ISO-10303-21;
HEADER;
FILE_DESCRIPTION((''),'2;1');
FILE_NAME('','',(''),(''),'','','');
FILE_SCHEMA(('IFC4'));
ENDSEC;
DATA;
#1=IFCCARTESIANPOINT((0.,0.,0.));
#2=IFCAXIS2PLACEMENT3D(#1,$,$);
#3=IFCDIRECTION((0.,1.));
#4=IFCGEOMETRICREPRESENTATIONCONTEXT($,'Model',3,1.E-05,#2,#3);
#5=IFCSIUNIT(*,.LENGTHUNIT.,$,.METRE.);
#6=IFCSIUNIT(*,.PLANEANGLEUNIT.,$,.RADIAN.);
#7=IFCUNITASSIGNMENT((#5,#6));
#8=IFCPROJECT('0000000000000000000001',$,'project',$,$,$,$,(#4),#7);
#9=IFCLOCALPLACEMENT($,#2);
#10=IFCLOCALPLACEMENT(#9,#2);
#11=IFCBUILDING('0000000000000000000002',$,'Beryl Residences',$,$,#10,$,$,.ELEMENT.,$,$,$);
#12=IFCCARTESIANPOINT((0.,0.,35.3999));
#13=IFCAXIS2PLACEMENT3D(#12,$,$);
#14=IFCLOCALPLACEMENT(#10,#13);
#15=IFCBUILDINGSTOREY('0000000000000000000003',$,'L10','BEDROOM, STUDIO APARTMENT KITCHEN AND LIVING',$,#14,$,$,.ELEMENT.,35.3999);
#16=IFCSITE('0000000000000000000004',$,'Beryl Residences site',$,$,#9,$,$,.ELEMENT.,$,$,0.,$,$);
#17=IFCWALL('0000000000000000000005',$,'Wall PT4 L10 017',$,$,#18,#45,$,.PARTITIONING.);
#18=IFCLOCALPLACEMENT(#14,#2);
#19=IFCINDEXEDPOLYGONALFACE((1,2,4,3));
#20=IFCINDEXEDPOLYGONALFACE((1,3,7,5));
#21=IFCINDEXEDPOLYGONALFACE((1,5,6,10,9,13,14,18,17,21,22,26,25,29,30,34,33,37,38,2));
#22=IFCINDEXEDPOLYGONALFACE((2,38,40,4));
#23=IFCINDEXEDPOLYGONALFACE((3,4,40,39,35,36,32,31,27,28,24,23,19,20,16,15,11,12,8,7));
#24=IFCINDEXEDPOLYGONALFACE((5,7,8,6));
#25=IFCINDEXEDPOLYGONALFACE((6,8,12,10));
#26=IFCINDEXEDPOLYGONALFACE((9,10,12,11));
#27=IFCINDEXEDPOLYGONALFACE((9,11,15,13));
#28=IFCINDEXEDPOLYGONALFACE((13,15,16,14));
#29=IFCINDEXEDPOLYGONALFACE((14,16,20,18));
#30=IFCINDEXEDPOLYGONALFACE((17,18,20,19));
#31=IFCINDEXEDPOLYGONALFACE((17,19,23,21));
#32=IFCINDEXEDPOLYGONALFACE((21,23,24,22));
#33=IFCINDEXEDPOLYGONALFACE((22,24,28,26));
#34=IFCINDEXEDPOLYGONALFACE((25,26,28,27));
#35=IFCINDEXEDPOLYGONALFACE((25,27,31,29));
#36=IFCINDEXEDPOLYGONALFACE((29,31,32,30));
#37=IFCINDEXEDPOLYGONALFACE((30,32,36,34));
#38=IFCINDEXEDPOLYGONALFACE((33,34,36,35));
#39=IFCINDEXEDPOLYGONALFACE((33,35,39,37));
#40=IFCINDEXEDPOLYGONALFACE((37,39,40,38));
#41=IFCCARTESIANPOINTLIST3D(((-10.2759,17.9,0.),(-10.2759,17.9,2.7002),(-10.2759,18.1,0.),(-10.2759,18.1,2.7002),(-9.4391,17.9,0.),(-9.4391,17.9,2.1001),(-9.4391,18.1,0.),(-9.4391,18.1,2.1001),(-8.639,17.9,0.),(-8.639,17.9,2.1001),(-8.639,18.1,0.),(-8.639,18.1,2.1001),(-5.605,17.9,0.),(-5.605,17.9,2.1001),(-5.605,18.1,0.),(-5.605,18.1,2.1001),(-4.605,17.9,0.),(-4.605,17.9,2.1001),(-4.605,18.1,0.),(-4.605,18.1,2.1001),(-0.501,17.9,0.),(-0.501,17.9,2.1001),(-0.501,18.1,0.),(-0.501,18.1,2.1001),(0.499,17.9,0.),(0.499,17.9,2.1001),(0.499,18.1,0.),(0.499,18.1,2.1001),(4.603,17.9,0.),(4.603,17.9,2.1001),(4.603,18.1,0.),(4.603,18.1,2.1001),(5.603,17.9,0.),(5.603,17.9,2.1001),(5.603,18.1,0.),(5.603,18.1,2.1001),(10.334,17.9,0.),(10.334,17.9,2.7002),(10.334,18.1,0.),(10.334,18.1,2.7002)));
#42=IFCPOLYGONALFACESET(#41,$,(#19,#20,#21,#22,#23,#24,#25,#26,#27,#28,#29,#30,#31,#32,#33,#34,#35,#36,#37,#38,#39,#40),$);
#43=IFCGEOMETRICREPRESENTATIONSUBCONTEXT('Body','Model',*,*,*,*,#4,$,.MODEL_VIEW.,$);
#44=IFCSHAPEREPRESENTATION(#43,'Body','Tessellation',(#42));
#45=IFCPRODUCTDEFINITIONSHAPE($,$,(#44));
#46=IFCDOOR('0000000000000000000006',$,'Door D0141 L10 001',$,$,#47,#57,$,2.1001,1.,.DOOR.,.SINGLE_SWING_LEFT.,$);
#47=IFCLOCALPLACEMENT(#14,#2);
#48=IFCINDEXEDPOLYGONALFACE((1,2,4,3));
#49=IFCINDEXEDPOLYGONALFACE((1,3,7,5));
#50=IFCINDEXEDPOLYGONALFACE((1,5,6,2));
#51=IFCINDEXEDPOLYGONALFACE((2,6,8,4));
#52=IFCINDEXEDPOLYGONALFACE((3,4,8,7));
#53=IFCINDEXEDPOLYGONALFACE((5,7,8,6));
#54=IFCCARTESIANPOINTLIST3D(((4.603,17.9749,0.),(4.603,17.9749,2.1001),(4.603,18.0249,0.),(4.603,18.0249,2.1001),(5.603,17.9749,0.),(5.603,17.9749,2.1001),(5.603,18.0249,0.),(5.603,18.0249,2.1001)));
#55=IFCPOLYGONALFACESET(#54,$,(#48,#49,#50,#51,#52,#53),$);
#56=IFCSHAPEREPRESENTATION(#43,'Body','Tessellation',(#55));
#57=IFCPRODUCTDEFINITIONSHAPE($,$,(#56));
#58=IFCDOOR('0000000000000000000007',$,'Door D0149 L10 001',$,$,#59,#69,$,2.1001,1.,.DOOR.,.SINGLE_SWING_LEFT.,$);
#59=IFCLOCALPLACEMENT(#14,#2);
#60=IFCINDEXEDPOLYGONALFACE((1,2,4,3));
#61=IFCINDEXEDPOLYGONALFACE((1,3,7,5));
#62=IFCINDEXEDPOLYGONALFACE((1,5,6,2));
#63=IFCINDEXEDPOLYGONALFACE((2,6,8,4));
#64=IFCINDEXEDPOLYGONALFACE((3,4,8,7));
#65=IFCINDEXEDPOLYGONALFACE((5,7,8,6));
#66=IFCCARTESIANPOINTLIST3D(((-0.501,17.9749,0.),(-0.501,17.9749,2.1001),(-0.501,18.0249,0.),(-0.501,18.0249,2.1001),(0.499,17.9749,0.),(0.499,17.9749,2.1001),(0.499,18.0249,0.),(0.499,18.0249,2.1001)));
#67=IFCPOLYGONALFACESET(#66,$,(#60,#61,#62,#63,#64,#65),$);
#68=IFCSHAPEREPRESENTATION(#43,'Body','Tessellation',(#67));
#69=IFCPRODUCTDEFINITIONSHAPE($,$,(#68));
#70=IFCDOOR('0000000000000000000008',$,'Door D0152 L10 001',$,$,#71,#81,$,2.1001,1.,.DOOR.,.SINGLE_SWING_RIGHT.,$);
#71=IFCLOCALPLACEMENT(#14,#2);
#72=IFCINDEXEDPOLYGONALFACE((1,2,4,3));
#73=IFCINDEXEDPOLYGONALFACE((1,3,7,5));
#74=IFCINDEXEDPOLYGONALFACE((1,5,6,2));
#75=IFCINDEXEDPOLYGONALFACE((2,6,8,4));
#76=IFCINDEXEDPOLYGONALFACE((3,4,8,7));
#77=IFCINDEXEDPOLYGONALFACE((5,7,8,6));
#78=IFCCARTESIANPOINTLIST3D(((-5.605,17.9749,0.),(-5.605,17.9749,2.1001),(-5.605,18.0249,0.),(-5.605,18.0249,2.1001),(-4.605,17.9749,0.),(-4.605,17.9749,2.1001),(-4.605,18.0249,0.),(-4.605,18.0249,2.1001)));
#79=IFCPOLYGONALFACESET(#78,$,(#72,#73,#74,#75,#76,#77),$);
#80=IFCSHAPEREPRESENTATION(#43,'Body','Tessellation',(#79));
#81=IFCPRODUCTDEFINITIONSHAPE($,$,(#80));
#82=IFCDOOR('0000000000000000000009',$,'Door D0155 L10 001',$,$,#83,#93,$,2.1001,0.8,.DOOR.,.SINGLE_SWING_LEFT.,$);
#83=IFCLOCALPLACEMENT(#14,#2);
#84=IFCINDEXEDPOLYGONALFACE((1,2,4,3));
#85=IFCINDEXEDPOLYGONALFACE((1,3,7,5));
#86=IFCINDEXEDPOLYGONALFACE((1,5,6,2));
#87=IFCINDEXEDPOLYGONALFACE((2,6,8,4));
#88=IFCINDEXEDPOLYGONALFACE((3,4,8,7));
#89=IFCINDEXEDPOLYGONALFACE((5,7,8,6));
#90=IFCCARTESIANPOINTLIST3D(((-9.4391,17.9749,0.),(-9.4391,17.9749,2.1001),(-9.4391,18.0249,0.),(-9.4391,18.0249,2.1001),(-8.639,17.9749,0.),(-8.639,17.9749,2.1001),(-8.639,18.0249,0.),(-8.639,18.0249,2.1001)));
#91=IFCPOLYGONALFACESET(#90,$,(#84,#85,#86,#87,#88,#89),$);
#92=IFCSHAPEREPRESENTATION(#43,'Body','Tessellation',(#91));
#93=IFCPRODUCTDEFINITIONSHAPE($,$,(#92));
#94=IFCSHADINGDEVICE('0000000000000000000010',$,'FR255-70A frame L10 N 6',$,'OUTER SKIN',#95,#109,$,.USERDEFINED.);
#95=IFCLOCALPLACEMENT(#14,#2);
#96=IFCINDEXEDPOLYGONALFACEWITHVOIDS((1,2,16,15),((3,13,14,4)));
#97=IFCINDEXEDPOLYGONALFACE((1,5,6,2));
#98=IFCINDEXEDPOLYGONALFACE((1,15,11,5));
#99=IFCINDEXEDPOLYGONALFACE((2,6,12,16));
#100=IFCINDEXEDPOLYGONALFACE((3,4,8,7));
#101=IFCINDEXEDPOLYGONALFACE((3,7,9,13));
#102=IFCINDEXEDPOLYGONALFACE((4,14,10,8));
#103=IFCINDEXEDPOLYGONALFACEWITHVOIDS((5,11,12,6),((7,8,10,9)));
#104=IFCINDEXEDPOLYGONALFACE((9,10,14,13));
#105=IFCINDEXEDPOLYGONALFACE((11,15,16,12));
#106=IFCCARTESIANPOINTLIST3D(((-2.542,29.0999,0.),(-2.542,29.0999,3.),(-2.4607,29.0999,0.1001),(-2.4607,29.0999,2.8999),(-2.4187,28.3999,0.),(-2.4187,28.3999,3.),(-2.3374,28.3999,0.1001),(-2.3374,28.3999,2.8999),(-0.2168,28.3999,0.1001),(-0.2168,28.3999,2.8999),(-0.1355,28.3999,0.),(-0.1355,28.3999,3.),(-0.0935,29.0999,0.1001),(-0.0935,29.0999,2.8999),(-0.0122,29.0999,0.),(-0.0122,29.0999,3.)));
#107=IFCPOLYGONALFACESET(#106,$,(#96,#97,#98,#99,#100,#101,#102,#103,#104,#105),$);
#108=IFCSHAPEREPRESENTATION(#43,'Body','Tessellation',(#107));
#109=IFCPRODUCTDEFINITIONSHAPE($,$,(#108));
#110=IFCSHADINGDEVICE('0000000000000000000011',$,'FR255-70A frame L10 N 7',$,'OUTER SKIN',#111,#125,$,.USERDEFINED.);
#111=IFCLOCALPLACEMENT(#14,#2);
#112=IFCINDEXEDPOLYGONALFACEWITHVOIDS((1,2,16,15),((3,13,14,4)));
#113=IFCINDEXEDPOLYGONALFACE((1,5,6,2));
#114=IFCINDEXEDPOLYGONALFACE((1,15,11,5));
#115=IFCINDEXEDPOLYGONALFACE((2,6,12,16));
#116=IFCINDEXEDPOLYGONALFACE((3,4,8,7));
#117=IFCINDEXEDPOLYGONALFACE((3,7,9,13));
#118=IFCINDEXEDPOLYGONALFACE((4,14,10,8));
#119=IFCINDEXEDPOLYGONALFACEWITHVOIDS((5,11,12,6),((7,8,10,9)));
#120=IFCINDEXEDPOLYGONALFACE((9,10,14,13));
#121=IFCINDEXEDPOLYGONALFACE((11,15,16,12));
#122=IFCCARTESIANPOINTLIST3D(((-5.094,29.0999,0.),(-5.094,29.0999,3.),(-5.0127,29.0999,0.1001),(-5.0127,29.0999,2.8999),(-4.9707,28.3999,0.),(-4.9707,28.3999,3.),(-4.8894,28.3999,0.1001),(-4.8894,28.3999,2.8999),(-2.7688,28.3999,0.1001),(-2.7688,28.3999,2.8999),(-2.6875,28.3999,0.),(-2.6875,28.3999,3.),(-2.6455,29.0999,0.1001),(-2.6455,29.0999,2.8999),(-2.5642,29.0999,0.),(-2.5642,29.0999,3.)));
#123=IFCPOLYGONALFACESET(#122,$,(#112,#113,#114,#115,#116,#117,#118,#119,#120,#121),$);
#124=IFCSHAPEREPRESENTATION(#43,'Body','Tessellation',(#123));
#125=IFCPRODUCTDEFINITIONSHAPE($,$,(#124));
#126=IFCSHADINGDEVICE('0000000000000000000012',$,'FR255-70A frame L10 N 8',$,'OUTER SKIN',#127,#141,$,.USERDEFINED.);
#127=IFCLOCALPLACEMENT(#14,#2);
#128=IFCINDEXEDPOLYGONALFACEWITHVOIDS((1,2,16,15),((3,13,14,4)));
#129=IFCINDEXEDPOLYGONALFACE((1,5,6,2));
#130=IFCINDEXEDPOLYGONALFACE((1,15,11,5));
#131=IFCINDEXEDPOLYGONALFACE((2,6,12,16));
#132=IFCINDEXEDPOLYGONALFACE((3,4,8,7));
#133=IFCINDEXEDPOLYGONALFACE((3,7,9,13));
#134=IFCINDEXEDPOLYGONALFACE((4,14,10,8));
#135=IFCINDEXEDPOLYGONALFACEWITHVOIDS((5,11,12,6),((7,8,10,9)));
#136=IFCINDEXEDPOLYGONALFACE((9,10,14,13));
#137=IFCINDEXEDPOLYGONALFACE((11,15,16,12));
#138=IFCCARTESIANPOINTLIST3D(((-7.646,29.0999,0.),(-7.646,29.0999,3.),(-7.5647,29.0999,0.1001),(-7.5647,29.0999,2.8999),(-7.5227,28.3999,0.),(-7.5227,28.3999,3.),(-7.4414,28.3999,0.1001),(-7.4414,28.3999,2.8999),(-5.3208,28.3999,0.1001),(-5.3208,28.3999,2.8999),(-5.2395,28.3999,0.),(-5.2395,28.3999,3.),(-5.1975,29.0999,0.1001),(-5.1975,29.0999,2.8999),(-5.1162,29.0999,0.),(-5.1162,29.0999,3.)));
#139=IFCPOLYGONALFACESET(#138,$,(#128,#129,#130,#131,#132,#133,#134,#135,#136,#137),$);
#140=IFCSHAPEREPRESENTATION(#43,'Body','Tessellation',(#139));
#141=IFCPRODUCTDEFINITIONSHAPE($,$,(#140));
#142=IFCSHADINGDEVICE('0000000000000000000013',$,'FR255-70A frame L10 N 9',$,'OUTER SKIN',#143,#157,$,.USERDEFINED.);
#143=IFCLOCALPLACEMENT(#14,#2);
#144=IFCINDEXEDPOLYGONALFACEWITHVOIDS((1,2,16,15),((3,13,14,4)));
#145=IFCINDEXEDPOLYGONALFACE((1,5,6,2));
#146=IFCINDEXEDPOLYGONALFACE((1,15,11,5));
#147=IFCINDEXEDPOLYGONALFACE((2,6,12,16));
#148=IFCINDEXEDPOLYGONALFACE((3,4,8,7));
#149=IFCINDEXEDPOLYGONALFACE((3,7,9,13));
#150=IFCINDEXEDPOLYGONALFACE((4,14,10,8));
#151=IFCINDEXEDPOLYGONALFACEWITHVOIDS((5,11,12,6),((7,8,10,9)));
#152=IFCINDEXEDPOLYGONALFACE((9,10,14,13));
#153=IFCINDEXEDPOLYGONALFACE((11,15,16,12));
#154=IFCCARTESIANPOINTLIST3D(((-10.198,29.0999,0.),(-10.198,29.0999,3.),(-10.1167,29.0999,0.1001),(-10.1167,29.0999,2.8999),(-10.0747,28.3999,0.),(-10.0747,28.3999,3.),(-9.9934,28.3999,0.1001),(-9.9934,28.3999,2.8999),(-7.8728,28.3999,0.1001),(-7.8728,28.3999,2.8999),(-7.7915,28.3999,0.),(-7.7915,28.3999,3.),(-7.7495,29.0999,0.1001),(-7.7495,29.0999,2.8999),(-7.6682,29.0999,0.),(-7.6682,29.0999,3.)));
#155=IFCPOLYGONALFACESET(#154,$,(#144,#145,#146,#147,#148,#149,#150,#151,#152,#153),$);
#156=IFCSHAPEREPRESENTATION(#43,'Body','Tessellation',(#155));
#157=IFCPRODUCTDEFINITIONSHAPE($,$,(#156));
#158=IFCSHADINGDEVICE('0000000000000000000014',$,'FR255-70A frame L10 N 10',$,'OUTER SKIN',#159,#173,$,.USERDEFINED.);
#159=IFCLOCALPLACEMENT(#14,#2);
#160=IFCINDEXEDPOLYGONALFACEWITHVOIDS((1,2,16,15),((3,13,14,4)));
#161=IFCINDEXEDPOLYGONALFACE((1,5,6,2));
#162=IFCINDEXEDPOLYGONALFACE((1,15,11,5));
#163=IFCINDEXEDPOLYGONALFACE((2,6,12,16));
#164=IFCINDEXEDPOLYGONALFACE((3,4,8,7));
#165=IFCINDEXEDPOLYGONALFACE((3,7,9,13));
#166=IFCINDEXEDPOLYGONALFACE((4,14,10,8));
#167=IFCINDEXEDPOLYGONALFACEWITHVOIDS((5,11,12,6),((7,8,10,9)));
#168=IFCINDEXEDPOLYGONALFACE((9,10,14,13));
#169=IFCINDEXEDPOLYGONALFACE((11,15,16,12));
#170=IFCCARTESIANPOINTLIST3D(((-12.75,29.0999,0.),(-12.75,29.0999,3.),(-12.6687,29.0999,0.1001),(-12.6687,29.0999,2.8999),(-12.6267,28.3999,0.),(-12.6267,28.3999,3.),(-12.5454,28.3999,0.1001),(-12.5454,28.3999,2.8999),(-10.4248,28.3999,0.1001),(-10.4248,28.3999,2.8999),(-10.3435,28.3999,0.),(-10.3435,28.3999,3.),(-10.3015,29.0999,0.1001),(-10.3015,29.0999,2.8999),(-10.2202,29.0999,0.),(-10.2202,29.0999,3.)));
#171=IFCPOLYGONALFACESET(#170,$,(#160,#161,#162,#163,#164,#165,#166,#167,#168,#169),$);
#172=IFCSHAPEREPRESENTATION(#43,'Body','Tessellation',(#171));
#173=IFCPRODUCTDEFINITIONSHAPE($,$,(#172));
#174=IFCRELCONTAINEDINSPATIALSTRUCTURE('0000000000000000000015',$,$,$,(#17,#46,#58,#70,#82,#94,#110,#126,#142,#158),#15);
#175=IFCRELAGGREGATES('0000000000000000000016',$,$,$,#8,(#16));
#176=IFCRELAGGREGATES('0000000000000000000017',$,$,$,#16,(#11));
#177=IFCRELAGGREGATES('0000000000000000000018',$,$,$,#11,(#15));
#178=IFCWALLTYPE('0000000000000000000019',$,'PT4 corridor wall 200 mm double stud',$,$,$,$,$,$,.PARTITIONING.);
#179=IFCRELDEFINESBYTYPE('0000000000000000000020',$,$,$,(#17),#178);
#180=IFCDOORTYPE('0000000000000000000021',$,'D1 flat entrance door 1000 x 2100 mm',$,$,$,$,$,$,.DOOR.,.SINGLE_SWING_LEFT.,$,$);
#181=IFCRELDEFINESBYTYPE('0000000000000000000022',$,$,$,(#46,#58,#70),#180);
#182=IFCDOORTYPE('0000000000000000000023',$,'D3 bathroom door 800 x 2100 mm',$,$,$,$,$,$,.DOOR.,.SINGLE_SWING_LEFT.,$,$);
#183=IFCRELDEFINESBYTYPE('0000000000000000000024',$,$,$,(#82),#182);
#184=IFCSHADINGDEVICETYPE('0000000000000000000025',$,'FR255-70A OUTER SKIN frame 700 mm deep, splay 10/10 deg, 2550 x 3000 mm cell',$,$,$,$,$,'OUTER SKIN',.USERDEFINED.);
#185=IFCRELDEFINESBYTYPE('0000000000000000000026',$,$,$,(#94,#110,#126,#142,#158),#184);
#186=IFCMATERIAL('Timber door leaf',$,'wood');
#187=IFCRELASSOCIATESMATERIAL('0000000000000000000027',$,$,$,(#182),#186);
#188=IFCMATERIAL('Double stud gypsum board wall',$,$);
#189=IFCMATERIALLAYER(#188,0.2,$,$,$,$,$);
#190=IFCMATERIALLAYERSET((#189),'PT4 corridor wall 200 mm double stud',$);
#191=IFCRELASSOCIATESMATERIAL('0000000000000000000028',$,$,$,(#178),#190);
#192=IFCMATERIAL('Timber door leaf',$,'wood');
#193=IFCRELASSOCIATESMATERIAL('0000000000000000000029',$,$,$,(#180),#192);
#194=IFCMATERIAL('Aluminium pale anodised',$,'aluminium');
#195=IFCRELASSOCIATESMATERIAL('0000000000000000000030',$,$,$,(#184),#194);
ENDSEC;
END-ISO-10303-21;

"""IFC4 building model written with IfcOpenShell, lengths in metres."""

from ifc_helpers import new_model, entity, si_unit, direction, frame, frame_2d, origin, place, context, subcontext, project, spatial, rectangle, extrude, source, transform, mapped, material, layer, layer_set, type_object, type_shapes, element, fill, save


model = new_model("IFC4")

# Units and contexts
model_context = context("Model", 3, precision=1e-05, world=origin(), true_north=direction((0.0, 1.0)))
body_context = subcontext(model_context, "Body", "Model", "MODEL_VIEW")
ifc_project = project(units=[si_unit("LENGTHUNIT", "METRE"), si_unit("PLANEANGLEUNIT", "RADIAN")], contexts=[model_context])

# Site, building, storey
site_placement = place(None, origin())
site = spatial("IfcSite", under=ifc_project, at=site_placement, Name="Beryl Residences site", CompositionType="ELEMENT", RefElevation=0.0)
building_placement = place(site_placement, origin())
building = spatial("IfcBuilding", under=site, at=building_placement, Name="Beryl Residences", CompositionType="ELEMENT")
storey_placement = place(building_placement, frame((0.0, 0.0, 35.3999)))
storey = spatial("IfcBuildingStorey", under=building, at=storey_placement, Name="L10", Description="BEDROOM, STUDIO APARTMENT KITCHEN AND LIVING", CompositionType="ELEMENT", Elevation=35.3999)

# Shared definitions
ifc_material_1 = material(Name="Timber door leaf", Category="wood")
door_type_1 = type_object("IfcDoorType", Name="D3 bathroom door 800 x 2100 mm", OperationType="SINGLE_SWING_LEFT", PredefinedType="DOOR", material=ifc_material_1)

# Shared definitions
ifc_material_2 = material(Name="Double stud gypsum board wall")
ifc_layer_1 = layer(ifc_material_2, 0.2)
ifc_layer_set_1 = layer_set([ifc_layer_1], Name="PT4 corridor wall 200 mm double stud")
wall_type_1 = type_object("IfcWallType", Name="PT4 corridor wall 200 mm double stud", PredefinedType="PARTITIONING", material=ifc_layer_set_1)

# Wall, openings, doors
wall_1_placement = place(storey_placement, frame((-10.2759, 18.0, 0.0), z_axis=(0.0, 0.0, 1.0), x_axis=(1.0, 0.0, 0.0)))
wall_1 = element("IfcWall", 1, at=wall_1_placement, inside=storey, type_object=wall_type_1, Name="Wall PT4 L10 017", PredefinedType="PARTITIONING", context=body_context, shape_type="SweptSolid", body=[
    extrude(rectangle(XDim=20.6099, YDim=0.2, at=frame_2d((10.3049, 0.0))), origin(), (0.0, 0.0, 1.0), 2.7002),
])
opening_1_placement = place(wall_1_placement, frame((14.8789, 0.0, 0.0)))
opening_1 = element("IfcOpeningElement", 2, at=opening_1_placement, cuts=wall_1, PredefinedType="OPENING", context=body_context, shape_type="SweptSolid", body=[
    extrude(rectangle(XDim=1.0, YDim=2.1001, at=frame_2d((0.5, 1.05))), frame((0.0, 0.1099, 0.0), z_axis=(0.0, -1.0, 0.0), x_axis=(1.0, 0.0, 0.0)), (0.0, 0.0, 1.0), 0.22),
])
opening_2_placement = place(wall_1_placement, frame((9.7749, 0.0, 0.0)))
opening_2 = element("IfcOpeningElement", 3, at=opening_2_placement, cuts=wall_1, PredefinedType="OPENING", context=body_context, shape_type="SweptSolid", body=[
    extrude(rectangle(XDim=1.0, YDim=2.1001, at=frame_2d((0.5, 1.05))), frame((0.0, 0.1099, 0.0), z_axis=(0.0, -1.0, 0.0), x_axis=(1.0, 0.0, 0.0)), (0.0, 0.0, 1.0), 0.22),
])
opening_3_placement = place(wall_1_placement, frame((4.6709, 0.0, 0.0)))
opening_3 = element("IfcOpeningElement", 4, at=opening_3_placement, cuts=wall_1, PredefinedType="OPENING", context=body_context, shape_type="SweptSolid", body=[
    extrude(rectangle(XDim=1.0, YDim=2.1001, at=frame_2d((0.5, 1.05))), frame((0.0, 0.1099, 0.0), z_axis=(0.0, -1.0, 0.0), x_axis=(1.0, 0.0, 0.0)), (0.0, 0.0, 1.0), 0.22),
])
opening_4_placement = place(wall_1_placement, frame((0.8369, 0.0, 0.0)))
opening_4 = element("IfcOpeningElement", 5, at=opening_4_placement, cuts=wall_1, PredefinedType="OPENING", context=body_context, shape_type="SweptSolid", body=[
    extrude(rectangle(XDim=0.8, YDim=2.1001, at=frame_2d((0.3999, 1.05))), frame((0.0, 0.1099, 0.0), z_axis=(0.0, -1.0, 0.0), x_axis=(1.0, 0.0, 0.0)), (0.0, 0.0, 1.0), 0.22),
])
ifc_material_3 = material(Name="Timber door leaf", Category="wood")
door_type_2 = type_object("IfcDoorType", Name="D1 flat entrance door 1000 x 2100 mm", OperationType="SINGLE_SWING_LEFT", PredefinedType="DOOR", material=ifc_material_3)
door_1_placement = place(opening_1_placement, origin())
door_1 = element("IfcDoor", 6, at=door_1_placement, inside=storey, type_object=door_type_2, Name="Door D0141 L10 001", OperationType="SINGLE_SWING_LEFT", OverallHeight=2.1001, OverallWidth=1.0, PredefinedType="DOOR", context=body_context, shape_type="SweptSolid", body=[
    extrude(rectangle(XDim=1.0, YDim=2.1001, at=frame_2d((0.5, 1.05))), frame((0.0, 0.0249, 0.0), z_axis=(0.0, -1.0, 0.0), x_axis=(1.0, 0.0, 0.0)), (0.0, 0.0, 1.0), 0.05),
])
fill(opening_1, door_1)
door_2_placement = place(opening_2_placement, origin())
door_2 = element("IfcDoor", 7, at=door_2_placement, inside=storey, type_object=door_type_2, Name="Door D0149 L10 001", OperationType="SINGLE_SWING_LEFT", OverallHeight=2.1001, OverallWidth=1.0, PredefinedType="DOOR", context=body_context, shape_type="SweptSolid", body=[
    extrude(rectangle(XDim=1.0, YDim=2.1001, at=frame_2d((0.5, 1.05))), frame((0.0, 0.0249, 0.0), z_axis=(0.0, -1.0, 0.0), x_axis=(1.0, 0.0, 0.0)), (0.0, 0.0, 1.0), 0.05),
])
fill(opening_2, door_2)
door_3_placement = place(opening_3_placement, origin())
door_3 = element("IfcDoor", 8, at=door_3_placement, inside=storey, type_object=door_type_2, Name="Door D0152 L10 001", OperationType="SINGLE_SWING_RIGHT", OverallHeight=2.1001, OverallWidth=1.0, PredefinedType="DOOR", context=body_context, shape_type="SweptSolid", body=[
    extrude(rectangle(XDim=1.0, YDim=2.1001, at=frame_2d((0.5, 1.05))), frame((0.0, 0.0249, 0.0), z_axis=(0.0, -1.0, 0.0), x_axis=(1.0, 0.0, 0.0)), (0.0, 0.0, 1.0), 0.05),
])
fill(opening_3, door_3)
door_4_placement = place(opening_4_placement, origin())
door_4 = element("IfcDoor", 9, at=door_4_placement, inside=storey, type_object=door_type_1, Name="Door D0155 L10 001", OperationType="SINGLE_SWING_LEFT", OverallHeight=2.1001, OverallWidth=0.8, PredefinedType="DOOR", context=body_context, shape_type="SweptSolid", body=[
    extrude(rectangle(XDim=0.8, YDim=2.1001, at=frame_2d((0.3999, 1.05))), frame((0.0, 0.0249, 0.0), z_axis=(0.0, -1.0, 0.0), x_axis=(1.0, 0.0, 0.0)), (0.0, 0.0, 1.0), 0.05),
])
fill(opening_4, door_4)

# Shading devices
ifc_material_4 = material(Name="Aluminium pale anodised", Category="aluminium")
shading_device_type = type_object("IfcShadingDeviceType", Name="FR255-70A OUTER SKIN frame 700 mm deep, splay 10/10 deg, 2550 x 3000 mm cell", ElementType="OUTER SKIN", PredefinedType="USERDEFINED", material=ifc_material_4)
cartesian_point_1 = entity("IfcCartesianPoint", [-1.1416, 0.0])
cartesian_point_2 = entity("IfcCartesianPoint", [-1.0603, 0.1001])
cartesian_point_3 = entity("IfcCartesianPoint", [-1.2649, 0.0])
cartesian_point_4 = entity("IfcCartesianPoint", [-1.1836, 0.1001])
shared_shape_1 = source(origin(), body_context, "Body", "SweptSolid", [
    entity("IfcExtrudedAreaSolidTapered", entity("IfcArbitraryProfileDefWithVoids", "AREA", None, entity("IfcPolyline", [cartesian_point_1, entity("IfcCartesianPoint", [1.1416, 0.0]), entity("IfcCartesianPoint", [1.1416, 3.0]), entity("IfcCartesianPoint", [-1.1416, 3.0]), cartesian_point_1]), [entity("IfcPolyline", [cartesian_point_2, entity("IfcCartesianPoint", [1.0603, 0.1001]), entity("IfcCartesianPoint", [1.0603, 2.8999]), entity("IfcCartesianPoint", [-1.0603, 2.8999]), cartesian_point_2])]), entity("IfcAxis2Placement3D", entity("IfcCartesianPoint", [0.0, 0.0, 0.0]), entity("IfcDirection", [0.0, 1.0, 0.0]), entity("IfcDirection", [-1.0, 0.0, 0.0])), entity("IfcDirection", [0.0, 0.0, 1.0]), 0.7, entity("IfcArbitraryProfileDefWithVoids", "AREA", None, entity("IfcPolyline", [cartesian_point_3, entity("IfcCartesianPoint", [1.2649, 0.0]), entity("IfcCartesianPoint", [1.2649, 3.0]), entity("IfcCartesianPoint", [-1.2649, 3.0]), cartesian_point_3]), [entity("IfcPolyline", [cartesian_point_4, entity("IfcCartesianPoint", [1.1836, 0.1001]), entity("IfcCartesianPoint", [1.1836, 2.8999]), entity("IfcCartesianPoint", [-1.1836, 2.8999]), cartesian_point_4])])),
])
type_shapes(shading_device_type, [shared_shape_1])
for number, where, z_axis, x_axis, name in (
    (10, (-1.2771, 28.3999, 0.0), (0.0, 0.0, 1.0), (1.0, 0.0, 0.0), "FR255-70A frame L10 N 6"),
    (11, (-3.8291, 28.3999, 0.0), (0.0, 0.0, 1.0), (1.0, 0.0, 0.0), "FR255-70A frame L10 N 7"),
    (12, (-6.3811, 28.3999, 0.0), (0.0, 0.0, 1.0), (1.0, 0.0, 0.0), "FR255-70A frame L10 N 8"),
    (13, (-8.9331, 28.3999, 0.0), (0.0, 0.0, 1.0), (1.0, 0.0, 0.0), "FR255-70A frame L10 N 9"),
    (14, (-11.4851, 28.3999, 0.0), (0.0, 0.0, 1.0), (1.0, 0.0, 0.0), "FR255-70A frame L10 N 10"),
):
    element("IfcShadingDevice", number, at=place(storey_placement, frame(where, z_axis=z_axis, x_axis=x_axis)), inside=storey, type_object=shading_device_type, Name=name, ObjectType="OUTER SKIN", PredefinedType="USERDEFINED", context=body_context, shape_type="MappedRepresentation", body=[
        mapped(shared_shape_1, transform((0.0, 0.0, 0.0))),
    ])

save(model, "model.ifc")
